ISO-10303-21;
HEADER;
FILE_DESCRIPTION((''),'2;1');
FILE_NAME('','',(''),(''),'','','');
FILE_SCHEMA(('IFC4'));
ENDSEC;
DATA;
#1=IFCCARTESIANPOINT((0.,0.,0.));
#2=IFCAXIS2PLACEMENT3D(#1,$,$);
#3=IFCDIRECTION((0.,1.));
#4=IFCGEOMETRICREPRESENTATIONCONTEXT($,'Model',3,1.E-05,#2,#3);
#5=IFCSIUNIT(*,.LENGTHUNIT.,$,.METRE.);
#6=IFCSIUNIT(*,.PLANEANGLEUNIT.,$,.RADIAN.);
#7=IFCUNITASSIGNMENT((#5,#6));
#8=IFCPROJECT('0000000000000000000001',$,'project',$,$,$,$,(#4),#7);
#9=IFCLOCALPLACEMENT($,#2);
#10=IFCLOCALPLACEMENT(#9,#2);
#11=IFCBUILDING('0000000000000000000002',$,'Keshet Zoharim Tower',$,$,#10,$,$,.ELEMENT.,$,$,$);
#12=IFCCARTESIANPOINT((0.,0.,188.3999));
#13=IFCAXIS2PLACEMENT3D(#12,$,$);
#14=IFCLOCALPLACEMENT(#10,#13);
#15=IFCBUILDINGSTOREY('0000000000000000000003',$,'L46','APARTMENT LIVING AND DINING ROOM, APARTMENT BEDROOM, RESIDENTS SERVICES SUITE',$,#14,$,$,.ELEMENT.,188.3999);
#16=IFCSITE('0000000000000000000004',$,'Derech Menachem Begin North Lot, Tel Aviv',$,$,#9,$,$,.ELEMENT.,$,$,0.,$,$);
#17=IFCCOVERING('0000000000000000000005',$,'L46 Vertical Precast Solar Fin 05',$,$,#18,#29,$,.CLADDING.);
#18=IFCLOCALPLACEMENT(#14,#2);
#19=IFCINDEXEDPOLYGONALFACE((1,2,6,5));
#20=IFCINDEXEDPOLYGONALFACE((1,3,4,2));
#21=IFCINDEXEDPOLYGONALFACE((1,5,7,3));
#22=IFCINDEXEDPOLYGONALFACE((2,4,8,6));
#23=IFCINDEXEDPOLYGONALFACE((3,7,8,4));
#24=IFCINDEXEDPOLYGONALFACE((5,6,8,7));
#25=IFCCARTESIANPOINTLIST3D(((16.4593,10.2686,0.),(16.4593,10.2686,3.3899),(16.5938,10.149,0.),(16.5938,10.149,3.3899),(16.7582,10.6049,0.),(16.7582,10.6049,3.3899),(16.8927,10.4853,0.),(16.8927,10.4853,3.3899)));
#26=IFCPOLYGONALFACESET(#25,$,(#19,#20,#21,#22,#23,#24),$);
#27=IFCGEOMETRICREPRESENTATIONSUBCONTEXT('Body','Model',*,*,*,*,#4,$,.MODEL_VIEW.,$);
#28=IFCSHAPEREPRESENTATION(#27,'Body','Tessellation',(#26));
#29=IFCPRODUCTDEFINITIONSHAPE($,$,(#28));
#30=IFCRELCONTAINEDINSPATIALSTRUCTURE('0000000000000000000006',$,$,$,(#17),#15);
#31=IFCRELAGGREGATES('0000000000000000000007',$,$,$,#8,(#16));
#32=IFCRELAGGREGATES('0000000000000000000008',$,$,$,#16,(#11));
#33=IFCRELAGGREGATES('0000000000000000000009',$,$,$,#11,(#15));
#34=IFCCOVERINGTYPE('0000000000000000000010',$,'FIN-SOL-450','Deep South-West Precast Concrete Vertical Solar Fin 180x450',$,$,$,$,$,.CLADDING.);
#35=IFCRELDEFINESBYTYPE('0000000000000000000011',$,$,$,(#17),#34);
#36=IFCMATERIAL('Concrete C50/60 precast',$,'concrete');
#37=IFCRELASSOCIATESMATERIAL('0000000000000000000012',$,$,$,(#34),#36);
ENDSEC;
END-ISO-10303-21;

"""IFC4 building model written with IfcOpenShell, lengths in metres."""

from ifc_helpers import new_model, si_unit, direction, frame, origin, origin_2d, place, context, subcontext, project, spatial, rectangle, extrude, material, type_object, element, save


model = new_model("IFC4")

# Units and contexts
model_context = context("Model", 3, precision=1e-05, world=origin(), true_north=direction((0.0, 1.0)))
body_context = subcontext(model_context, "Body", "Model", "MODEL_VIEW")
ifc_project = project(units=[si_unit("LENGTHUNIT", "METRE"), si_unit("PLANEANGLEUNIT", "RADIAN")], contexts=[model_context])

# Site, building, storey
site_placement = place(None, origin())
site = spatial("IfcSite", under=ifc_project, at=site_placement, Name="Derech Menachem Begin North Lot, Tel Aviv", CompositionType="ELEMENT", RefElevation=0.0)
building_placement = place(site_placement, origin())
building = spatial("IfcBuilding", under=site, at=building_placement, Name="Keshet Zoharim Tower", CompositionType="ELEMENT")
storey_placement = place(building_placement, frame((0.0, 0.0, 188.3999)))
storey = spatial("IfcBuildingStorey", under=building, at=storey_placement, Name="L46", Description="APARTMENT LIVING AND DINING ROOM, APARTMENT BEDROOM, RESIDENTS SERVICES SUITE", CompositionType="ELEMENT", Elevation=188.3999)

# Covering
ifc_material_1 = material(Name="Concrete C50/60 precast", Category="concrete")
covering_type = type_object("IfcCoveringType", Name="FIN-SOL-450", Description="Deep South-West Precast Concrete Vertical Solar Fin 180x450", PredefinedType="CLADDING", material=ifc_material_1)
covering_placement = place(storey_placement, frame((16.676, 10.377, 0.0), z_axis=(0.0, 0.0, 1.0), x_axis=(-0.747409, 0.664364, 0.0)))
element("IfcCovering", 1, at=covering_placement, inside=storey, type_object=covering_type, Name="L46 Vertical Precast Solar Fin 05", PredefinedType="CLADDING", context=body_context, shape_type="SweptSolid", body=[
    extrude(rectangle(XDim=0.1799, YDim=0.45, at=origin_2d()), origin(), (0.0, 0.0, 1.0), 3.3899),
])

save(model, "model.ifc")
